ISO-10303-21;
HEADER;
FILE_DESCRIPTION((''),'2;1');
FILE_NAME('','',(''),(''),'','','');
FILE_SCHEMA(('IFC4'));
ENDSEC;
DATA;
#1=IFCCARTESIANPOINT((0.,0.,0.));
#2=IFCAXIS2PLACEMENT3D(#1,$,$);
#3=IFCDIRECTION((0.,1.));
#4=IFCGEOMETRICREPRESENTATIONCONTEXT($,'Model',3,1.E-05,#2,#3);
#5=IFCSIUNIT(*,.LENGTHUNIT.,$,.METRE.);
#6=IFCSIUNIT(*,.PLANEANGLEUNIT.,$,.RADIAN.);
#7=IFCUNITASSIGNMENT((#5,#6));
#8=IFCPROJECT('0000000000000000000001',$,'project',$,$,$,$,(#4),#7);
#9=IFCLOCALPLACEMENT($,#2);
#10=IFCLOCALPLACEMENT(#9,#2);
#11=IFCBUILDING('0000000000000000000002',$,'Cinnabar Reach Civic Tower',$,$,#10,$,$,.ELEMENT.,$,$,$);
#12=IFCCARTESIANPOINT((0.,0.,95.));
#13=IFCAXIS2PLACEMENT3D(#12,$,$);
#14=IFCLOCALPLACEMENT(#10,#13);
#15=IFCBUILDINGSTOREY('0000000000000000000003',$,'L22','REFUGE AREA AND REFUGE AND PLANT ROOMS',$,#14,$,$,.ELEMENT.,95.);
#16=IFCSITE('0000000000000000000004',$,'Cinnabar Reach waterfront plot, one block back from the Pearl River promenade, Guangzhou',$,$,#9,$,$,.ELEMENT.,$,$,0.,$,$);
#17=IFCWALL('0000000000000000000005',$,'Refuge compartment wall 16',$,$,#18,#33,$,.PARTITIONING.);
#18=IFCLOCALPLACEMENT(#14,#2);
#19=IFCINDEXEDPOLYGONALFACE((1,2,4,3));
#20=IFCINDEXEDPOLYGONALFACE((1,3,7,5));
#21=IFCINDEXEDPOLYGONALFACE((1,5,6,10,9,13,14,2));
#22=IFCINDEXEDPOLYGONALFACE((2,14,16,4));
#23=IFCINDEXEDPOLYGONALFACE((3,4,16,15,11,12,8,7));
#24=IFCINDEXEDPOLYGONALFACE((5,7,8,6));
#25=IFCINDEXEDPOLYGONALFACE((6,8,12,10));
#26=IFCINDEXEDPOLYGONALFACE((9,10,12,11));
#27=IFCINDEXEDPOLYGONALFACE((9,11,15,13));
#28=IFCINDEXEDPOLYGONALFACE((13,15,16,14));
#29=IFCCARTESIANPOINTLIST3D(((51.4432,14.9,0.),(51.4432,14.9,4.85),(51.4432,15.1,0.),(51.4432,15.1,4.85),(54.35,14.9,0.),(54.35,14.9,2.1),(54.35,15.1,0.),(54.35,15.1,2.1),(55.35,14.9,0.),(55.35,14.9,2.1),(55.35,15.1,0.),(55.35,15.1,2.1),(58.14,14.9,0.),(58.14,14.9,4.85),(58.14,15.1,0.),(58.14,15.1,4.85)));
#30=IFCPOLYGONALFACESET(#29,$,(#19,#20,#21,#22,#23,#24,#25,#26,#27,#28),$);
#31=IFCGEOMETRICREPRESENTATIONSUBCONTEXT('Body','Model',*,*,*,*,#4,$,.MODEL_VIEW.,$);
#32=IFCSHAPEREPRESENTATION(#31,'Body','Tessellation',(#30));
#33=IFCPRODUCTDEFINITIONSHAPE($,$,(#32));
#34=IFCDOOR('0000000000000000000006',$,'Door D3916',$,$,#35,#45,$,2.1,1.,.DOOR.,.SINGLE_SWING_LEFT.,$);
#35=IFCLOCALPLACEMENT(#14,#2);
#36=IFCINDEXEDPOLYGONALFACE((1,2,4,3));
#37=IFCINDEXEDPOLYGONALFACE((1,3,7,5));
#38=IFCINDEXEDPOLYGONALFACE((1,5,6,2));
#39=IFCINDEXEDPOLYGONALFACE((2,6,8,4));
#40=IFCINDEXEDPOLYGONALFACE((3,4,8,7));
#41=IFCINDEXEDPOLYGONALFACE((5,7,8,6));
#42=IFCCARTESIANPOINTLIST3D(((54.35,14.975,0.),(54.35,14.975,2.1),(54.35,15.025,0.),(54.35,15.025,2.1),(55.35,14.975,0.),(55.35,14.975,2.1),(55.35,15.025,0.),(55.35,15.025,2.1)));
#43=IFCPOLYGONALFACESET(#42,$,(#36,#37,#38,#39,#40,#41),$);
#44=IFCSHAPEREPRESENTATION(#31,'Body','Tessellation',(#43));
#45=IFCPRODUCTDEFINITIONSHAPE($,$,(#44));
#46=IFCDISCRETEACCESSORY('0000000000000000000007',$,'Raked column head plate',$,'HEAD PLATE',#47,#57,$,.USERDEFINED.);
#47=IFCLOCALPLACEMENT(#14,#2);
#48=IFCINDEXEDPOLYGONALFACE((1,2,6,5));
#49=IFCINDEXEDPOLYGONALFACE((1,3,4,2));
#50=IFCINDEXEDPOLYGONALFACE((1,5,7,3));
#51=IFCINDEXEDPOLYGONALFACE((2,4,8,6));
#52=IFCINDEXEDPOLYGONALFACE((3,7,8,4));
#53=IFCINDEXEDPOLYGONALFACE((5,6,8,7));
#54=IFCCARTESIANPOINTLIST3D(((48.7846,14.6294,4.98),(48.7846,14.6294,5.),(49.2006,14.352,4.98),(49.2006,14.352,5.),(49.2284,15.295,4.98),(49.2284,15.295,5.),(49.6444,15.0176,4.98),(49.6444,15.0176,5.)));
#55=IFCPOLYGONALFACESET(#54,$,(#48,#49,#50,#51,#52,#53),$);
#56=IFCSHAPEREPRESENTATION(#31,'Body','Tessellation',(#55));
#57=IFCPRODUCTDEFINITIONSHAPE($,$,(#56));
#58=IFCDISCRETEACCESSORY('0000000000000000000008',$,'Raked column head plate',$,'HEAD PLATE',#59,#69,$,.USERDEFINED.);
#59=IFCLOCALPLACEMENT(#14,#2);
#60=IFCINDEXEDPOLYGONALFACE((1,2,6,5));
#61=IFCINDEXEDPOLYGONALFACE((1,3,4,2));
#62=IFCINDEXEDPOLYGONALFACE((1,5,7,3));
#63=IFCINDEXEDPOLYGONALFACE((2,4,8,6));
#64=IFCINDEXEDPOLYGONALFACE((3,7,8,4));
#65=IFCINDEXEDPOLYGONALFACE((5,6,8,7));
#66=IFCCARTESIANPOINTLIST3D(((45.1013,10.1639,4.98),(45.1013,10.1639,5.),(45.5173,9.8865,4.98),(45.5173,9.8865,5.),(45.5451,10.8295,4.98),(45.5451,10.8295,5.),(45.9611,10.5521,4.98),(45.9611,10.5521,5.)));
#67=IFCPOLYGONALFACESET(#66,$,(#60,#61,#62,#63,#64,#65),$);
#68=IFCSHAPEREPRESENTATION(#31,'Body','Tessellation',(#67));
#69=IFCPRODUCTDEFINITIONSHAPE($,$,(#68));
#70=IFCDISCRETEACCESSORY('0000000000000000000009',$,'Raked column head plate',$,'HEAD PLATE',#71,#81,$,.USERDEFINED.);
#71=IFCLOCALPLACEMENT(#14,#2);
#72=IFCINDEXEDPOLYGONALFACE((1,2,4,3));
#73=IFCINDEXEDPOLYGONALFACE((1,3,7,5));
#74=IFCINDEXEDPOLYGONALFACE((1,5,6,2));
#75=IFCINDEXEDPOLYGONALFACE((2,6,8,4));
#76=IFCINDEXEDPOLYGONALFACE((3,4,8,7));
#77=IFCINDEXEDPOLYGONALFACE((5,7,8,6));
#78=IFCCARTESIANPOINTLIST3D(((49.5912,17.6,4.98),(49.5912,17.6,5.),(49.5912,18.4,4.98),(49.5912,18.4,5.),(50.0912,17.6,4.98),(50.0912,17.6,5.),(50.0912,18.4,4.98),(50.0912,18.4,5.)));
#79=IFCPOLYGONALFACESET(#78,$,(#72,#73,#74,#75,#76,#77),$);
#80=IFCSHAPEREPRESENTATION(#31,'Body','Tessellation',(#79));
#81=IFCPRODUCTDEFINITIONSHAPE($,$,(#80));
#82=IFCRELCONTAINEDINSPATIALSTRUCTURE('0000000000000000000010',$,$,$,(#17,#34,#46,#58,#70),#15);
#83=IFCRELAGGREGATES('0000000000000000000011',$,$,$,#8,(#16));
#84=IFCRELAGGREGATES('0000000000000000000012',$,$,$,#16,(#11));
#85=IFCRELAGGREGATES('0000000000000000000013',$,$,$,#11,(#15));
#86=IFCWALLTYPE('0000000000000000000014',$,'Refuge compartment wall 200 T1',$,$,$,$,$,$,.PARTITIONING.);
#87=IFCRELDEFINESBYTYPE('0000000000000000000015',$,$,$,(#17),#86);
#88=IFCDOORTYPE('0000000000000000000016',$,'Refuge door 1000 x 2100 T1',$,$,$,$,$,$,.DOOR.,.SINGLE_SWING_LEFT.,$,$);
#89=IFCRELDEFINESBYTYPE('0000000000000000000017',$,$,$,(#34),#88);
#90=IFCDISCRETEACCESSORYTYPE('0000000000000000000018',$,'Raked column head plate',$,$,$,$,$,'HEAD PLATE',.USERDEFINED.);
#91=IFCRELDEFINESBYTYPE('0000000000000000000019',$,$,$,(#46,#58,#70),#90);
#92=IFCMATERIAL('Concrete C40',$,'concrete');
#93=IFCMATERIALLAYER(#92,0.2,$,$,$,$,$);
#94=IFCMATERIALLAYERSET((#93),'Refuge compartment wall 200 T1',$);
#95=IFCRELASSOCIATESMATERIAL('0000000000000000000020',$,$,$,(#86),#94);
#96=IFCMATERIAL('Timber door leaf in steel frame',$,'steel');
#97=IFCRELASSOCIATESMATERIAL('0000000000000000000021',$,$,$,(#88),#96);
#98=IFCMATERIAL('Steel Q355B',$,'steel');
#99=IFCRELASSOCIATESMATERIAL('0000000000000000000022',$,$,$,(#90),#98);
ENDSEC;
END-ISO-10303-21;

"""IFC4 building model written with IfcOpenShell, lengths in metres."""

from ifc_helpers import new_model, si_unit, direction, frame, frame_2d, origin, origin_2d, place, context, subcontext, project, spatial, rectangle, extrude, material, layer, layer_set, type_object, element, fill, save


model = new_model("IFC4")

# Units and contexts
model_context = context("Model", 3, precision=1e-05, world=origin(), true_north=direction((0.0, 1.0)))
body_context = subcontext(model_context, "Body", "Model", "MODEL_VIEW")
ifc_project = project(units=[si_unit("LENGTHUNIT", "METRE"), si_unit("PLANEANGLEUNIT", "RADIAN")], contexts=[model_context])

# Site, building, storey
site_placement = place(None, origin())
site = spatial("IfcSite", under=ifc_project, at=site_placement, Name="Cinnabar Reach waterfront plot, one block back from the Pearl River promenade, Guangzhou", CompositionType="ELEMENT", RefElevation=0.0)
building_placement = place(site_placement, origin())
building = spatial("IfcBuilding", under=site, at=building_placement, Name="Cinnabar Reach Civic Tower", CompositionType="ELEMENT")
storey_placement = place(building_placement, frame((0.0, 0.0, 95.0)))
storey = spatial("IfcBuildingStorey", under=building, at=storey_placement, Name="L22", Description="REFUGE AREA AND REFUGE AND PLANT ROOMS", CompositionType="ELEMENT", Elevation=95.0)

# Shared definitions
ifc_material_1 = material(Name="Steel Q355B", Category="steel")

# Wall, opening, door
ifc_material_2 = material(Name="Concrete C40", Category="concrete")
ifc_layer_1 = layer(ifc_material_2, 0.2)
ifc_layer_set_1 = layer_set([ifc_layer_1], Name="Refuge compartment wall 200 T1")
wall_type_1 = type_object("IfcWallType", Name="Refuge compartment wall 200 T1", PredefinedType="PARTITIONING", material=ifc_layer_set_1)
ifc_material_3 = material(Name="Timber door leaf in steel frame", Category="steel")
door_type = type_object("IfcDoorType", Name="Refuge door 1000 x 2100 T1", OperationType="SINGLE_SWING_LEFT", PredefinedType="DOOR", material=ifc_material_3)
wall_1_placement = place(storey_placement, frame((51.4432, 15.0, 0.0), z_axis=(0.0, 0.0, 1.0), x_axis=(1.0, 0.0, 0.0)))
wall_1 = element("IfcWall", 1, at=wall_1_placement, inside=storey, type_object=wall_type_1, Name="Refuge compartment wall 16", PredefinedType="PARTITIONING", context=body_context, shape_type="SweptSolid", body=[
    extrude(rectangle(XDim=6.6968, YDim=0.2, at=frame_2d((3.3484, 0.0))), origin(), (0.0, 0.0, 1.0), 4.85),
])
opening_1_placement = place(wall_1_placement, frame((2.9068, 0.0, 0.0)))
opening_1 = element("IfcOpeningElement", 2, at=opening_1_placement, cuts=wall_1, PredefinedType="OPENING", context=body_context, shape_type="SweptSolid", body=[
    extrude(rectangle(XDim=1.0, YDim=2.1, at=frame_2d((0.5, 1.05))), frame((0.0, 0.11, 0.0), z_axis=(0.0, -1.0, 0.0), x_axis=(1.0, 0.0, 0.0)), (0.0, 0.0, 1.0), 0.22),
])
door_1_placement = place(opening_1_placement, origin())
door_1 = element("IfcDoor", 3, at=door_1_placement, inside=storey, type_object=door_type, Name="Door D3916", OperationType="SINGLE_SWING_LEFT", OverallHeight=2.1, OverallWidth=1.0, PredefinedType="DOOR", context=body_context, shape_type="SweptSolid", body=[
    extrude(rectangle(XDim=1.0, YDim=2.1, at=frame_2d((0.5, 1.05))), frame((0.0, 0.025, 0.0), z_axis=(0.0, -1.0, 0.0), x_axis=(1.0, 0.0, 0.0)), (0.0, 0.0, 1.0), 0.05),
])
fill(opening_1, door_1)

# Discrete accessories
discrete_accessory_type = type_object("IfcDiscreteAccessoryType", Name="Raked column head plate", ElementType="HEAD PLATE", PredefinedType="USERDEFINED", material=ifc_material_1)
for number, where, z_axis, x_axis, name in (
    (4, (49.2145, 14.8235, 4.98), (0.0, 0.0, 1.0), (-0.832051, 0.554699, 0.0), "Raked column head plate"),
    (5, (45.5312, 10.358, 4.98), (0.0, 0.0, 1.0), (-0.832051, 0.554699, 0.0), "Raked column head plate"),
    (6, (49.8412, 18.0, 4.98), (0.0, 0.0, 1.0), (-1.0, 0.0, 0.0), "Raked column head plate"),
):
    element("IfcDiscreteAccessory", number, at=place(storey_placement, frame(where, z_axis=z_axis, x_axis=x_axis)), inside=storey, type_object=discrete_accessory_type, Name=name, ObjectType="HEAD PLATE", PredefinedType="USERDEFINED", context=body_context, shape_type="SweptSolid", body=[
        extrude(rectangle(XDim=0.5, YDim=0.8, at=origin_2d()), origin(), (0.0, 0.0, 1.0), 0.02),
    ])

save(model, "model.ifc")
